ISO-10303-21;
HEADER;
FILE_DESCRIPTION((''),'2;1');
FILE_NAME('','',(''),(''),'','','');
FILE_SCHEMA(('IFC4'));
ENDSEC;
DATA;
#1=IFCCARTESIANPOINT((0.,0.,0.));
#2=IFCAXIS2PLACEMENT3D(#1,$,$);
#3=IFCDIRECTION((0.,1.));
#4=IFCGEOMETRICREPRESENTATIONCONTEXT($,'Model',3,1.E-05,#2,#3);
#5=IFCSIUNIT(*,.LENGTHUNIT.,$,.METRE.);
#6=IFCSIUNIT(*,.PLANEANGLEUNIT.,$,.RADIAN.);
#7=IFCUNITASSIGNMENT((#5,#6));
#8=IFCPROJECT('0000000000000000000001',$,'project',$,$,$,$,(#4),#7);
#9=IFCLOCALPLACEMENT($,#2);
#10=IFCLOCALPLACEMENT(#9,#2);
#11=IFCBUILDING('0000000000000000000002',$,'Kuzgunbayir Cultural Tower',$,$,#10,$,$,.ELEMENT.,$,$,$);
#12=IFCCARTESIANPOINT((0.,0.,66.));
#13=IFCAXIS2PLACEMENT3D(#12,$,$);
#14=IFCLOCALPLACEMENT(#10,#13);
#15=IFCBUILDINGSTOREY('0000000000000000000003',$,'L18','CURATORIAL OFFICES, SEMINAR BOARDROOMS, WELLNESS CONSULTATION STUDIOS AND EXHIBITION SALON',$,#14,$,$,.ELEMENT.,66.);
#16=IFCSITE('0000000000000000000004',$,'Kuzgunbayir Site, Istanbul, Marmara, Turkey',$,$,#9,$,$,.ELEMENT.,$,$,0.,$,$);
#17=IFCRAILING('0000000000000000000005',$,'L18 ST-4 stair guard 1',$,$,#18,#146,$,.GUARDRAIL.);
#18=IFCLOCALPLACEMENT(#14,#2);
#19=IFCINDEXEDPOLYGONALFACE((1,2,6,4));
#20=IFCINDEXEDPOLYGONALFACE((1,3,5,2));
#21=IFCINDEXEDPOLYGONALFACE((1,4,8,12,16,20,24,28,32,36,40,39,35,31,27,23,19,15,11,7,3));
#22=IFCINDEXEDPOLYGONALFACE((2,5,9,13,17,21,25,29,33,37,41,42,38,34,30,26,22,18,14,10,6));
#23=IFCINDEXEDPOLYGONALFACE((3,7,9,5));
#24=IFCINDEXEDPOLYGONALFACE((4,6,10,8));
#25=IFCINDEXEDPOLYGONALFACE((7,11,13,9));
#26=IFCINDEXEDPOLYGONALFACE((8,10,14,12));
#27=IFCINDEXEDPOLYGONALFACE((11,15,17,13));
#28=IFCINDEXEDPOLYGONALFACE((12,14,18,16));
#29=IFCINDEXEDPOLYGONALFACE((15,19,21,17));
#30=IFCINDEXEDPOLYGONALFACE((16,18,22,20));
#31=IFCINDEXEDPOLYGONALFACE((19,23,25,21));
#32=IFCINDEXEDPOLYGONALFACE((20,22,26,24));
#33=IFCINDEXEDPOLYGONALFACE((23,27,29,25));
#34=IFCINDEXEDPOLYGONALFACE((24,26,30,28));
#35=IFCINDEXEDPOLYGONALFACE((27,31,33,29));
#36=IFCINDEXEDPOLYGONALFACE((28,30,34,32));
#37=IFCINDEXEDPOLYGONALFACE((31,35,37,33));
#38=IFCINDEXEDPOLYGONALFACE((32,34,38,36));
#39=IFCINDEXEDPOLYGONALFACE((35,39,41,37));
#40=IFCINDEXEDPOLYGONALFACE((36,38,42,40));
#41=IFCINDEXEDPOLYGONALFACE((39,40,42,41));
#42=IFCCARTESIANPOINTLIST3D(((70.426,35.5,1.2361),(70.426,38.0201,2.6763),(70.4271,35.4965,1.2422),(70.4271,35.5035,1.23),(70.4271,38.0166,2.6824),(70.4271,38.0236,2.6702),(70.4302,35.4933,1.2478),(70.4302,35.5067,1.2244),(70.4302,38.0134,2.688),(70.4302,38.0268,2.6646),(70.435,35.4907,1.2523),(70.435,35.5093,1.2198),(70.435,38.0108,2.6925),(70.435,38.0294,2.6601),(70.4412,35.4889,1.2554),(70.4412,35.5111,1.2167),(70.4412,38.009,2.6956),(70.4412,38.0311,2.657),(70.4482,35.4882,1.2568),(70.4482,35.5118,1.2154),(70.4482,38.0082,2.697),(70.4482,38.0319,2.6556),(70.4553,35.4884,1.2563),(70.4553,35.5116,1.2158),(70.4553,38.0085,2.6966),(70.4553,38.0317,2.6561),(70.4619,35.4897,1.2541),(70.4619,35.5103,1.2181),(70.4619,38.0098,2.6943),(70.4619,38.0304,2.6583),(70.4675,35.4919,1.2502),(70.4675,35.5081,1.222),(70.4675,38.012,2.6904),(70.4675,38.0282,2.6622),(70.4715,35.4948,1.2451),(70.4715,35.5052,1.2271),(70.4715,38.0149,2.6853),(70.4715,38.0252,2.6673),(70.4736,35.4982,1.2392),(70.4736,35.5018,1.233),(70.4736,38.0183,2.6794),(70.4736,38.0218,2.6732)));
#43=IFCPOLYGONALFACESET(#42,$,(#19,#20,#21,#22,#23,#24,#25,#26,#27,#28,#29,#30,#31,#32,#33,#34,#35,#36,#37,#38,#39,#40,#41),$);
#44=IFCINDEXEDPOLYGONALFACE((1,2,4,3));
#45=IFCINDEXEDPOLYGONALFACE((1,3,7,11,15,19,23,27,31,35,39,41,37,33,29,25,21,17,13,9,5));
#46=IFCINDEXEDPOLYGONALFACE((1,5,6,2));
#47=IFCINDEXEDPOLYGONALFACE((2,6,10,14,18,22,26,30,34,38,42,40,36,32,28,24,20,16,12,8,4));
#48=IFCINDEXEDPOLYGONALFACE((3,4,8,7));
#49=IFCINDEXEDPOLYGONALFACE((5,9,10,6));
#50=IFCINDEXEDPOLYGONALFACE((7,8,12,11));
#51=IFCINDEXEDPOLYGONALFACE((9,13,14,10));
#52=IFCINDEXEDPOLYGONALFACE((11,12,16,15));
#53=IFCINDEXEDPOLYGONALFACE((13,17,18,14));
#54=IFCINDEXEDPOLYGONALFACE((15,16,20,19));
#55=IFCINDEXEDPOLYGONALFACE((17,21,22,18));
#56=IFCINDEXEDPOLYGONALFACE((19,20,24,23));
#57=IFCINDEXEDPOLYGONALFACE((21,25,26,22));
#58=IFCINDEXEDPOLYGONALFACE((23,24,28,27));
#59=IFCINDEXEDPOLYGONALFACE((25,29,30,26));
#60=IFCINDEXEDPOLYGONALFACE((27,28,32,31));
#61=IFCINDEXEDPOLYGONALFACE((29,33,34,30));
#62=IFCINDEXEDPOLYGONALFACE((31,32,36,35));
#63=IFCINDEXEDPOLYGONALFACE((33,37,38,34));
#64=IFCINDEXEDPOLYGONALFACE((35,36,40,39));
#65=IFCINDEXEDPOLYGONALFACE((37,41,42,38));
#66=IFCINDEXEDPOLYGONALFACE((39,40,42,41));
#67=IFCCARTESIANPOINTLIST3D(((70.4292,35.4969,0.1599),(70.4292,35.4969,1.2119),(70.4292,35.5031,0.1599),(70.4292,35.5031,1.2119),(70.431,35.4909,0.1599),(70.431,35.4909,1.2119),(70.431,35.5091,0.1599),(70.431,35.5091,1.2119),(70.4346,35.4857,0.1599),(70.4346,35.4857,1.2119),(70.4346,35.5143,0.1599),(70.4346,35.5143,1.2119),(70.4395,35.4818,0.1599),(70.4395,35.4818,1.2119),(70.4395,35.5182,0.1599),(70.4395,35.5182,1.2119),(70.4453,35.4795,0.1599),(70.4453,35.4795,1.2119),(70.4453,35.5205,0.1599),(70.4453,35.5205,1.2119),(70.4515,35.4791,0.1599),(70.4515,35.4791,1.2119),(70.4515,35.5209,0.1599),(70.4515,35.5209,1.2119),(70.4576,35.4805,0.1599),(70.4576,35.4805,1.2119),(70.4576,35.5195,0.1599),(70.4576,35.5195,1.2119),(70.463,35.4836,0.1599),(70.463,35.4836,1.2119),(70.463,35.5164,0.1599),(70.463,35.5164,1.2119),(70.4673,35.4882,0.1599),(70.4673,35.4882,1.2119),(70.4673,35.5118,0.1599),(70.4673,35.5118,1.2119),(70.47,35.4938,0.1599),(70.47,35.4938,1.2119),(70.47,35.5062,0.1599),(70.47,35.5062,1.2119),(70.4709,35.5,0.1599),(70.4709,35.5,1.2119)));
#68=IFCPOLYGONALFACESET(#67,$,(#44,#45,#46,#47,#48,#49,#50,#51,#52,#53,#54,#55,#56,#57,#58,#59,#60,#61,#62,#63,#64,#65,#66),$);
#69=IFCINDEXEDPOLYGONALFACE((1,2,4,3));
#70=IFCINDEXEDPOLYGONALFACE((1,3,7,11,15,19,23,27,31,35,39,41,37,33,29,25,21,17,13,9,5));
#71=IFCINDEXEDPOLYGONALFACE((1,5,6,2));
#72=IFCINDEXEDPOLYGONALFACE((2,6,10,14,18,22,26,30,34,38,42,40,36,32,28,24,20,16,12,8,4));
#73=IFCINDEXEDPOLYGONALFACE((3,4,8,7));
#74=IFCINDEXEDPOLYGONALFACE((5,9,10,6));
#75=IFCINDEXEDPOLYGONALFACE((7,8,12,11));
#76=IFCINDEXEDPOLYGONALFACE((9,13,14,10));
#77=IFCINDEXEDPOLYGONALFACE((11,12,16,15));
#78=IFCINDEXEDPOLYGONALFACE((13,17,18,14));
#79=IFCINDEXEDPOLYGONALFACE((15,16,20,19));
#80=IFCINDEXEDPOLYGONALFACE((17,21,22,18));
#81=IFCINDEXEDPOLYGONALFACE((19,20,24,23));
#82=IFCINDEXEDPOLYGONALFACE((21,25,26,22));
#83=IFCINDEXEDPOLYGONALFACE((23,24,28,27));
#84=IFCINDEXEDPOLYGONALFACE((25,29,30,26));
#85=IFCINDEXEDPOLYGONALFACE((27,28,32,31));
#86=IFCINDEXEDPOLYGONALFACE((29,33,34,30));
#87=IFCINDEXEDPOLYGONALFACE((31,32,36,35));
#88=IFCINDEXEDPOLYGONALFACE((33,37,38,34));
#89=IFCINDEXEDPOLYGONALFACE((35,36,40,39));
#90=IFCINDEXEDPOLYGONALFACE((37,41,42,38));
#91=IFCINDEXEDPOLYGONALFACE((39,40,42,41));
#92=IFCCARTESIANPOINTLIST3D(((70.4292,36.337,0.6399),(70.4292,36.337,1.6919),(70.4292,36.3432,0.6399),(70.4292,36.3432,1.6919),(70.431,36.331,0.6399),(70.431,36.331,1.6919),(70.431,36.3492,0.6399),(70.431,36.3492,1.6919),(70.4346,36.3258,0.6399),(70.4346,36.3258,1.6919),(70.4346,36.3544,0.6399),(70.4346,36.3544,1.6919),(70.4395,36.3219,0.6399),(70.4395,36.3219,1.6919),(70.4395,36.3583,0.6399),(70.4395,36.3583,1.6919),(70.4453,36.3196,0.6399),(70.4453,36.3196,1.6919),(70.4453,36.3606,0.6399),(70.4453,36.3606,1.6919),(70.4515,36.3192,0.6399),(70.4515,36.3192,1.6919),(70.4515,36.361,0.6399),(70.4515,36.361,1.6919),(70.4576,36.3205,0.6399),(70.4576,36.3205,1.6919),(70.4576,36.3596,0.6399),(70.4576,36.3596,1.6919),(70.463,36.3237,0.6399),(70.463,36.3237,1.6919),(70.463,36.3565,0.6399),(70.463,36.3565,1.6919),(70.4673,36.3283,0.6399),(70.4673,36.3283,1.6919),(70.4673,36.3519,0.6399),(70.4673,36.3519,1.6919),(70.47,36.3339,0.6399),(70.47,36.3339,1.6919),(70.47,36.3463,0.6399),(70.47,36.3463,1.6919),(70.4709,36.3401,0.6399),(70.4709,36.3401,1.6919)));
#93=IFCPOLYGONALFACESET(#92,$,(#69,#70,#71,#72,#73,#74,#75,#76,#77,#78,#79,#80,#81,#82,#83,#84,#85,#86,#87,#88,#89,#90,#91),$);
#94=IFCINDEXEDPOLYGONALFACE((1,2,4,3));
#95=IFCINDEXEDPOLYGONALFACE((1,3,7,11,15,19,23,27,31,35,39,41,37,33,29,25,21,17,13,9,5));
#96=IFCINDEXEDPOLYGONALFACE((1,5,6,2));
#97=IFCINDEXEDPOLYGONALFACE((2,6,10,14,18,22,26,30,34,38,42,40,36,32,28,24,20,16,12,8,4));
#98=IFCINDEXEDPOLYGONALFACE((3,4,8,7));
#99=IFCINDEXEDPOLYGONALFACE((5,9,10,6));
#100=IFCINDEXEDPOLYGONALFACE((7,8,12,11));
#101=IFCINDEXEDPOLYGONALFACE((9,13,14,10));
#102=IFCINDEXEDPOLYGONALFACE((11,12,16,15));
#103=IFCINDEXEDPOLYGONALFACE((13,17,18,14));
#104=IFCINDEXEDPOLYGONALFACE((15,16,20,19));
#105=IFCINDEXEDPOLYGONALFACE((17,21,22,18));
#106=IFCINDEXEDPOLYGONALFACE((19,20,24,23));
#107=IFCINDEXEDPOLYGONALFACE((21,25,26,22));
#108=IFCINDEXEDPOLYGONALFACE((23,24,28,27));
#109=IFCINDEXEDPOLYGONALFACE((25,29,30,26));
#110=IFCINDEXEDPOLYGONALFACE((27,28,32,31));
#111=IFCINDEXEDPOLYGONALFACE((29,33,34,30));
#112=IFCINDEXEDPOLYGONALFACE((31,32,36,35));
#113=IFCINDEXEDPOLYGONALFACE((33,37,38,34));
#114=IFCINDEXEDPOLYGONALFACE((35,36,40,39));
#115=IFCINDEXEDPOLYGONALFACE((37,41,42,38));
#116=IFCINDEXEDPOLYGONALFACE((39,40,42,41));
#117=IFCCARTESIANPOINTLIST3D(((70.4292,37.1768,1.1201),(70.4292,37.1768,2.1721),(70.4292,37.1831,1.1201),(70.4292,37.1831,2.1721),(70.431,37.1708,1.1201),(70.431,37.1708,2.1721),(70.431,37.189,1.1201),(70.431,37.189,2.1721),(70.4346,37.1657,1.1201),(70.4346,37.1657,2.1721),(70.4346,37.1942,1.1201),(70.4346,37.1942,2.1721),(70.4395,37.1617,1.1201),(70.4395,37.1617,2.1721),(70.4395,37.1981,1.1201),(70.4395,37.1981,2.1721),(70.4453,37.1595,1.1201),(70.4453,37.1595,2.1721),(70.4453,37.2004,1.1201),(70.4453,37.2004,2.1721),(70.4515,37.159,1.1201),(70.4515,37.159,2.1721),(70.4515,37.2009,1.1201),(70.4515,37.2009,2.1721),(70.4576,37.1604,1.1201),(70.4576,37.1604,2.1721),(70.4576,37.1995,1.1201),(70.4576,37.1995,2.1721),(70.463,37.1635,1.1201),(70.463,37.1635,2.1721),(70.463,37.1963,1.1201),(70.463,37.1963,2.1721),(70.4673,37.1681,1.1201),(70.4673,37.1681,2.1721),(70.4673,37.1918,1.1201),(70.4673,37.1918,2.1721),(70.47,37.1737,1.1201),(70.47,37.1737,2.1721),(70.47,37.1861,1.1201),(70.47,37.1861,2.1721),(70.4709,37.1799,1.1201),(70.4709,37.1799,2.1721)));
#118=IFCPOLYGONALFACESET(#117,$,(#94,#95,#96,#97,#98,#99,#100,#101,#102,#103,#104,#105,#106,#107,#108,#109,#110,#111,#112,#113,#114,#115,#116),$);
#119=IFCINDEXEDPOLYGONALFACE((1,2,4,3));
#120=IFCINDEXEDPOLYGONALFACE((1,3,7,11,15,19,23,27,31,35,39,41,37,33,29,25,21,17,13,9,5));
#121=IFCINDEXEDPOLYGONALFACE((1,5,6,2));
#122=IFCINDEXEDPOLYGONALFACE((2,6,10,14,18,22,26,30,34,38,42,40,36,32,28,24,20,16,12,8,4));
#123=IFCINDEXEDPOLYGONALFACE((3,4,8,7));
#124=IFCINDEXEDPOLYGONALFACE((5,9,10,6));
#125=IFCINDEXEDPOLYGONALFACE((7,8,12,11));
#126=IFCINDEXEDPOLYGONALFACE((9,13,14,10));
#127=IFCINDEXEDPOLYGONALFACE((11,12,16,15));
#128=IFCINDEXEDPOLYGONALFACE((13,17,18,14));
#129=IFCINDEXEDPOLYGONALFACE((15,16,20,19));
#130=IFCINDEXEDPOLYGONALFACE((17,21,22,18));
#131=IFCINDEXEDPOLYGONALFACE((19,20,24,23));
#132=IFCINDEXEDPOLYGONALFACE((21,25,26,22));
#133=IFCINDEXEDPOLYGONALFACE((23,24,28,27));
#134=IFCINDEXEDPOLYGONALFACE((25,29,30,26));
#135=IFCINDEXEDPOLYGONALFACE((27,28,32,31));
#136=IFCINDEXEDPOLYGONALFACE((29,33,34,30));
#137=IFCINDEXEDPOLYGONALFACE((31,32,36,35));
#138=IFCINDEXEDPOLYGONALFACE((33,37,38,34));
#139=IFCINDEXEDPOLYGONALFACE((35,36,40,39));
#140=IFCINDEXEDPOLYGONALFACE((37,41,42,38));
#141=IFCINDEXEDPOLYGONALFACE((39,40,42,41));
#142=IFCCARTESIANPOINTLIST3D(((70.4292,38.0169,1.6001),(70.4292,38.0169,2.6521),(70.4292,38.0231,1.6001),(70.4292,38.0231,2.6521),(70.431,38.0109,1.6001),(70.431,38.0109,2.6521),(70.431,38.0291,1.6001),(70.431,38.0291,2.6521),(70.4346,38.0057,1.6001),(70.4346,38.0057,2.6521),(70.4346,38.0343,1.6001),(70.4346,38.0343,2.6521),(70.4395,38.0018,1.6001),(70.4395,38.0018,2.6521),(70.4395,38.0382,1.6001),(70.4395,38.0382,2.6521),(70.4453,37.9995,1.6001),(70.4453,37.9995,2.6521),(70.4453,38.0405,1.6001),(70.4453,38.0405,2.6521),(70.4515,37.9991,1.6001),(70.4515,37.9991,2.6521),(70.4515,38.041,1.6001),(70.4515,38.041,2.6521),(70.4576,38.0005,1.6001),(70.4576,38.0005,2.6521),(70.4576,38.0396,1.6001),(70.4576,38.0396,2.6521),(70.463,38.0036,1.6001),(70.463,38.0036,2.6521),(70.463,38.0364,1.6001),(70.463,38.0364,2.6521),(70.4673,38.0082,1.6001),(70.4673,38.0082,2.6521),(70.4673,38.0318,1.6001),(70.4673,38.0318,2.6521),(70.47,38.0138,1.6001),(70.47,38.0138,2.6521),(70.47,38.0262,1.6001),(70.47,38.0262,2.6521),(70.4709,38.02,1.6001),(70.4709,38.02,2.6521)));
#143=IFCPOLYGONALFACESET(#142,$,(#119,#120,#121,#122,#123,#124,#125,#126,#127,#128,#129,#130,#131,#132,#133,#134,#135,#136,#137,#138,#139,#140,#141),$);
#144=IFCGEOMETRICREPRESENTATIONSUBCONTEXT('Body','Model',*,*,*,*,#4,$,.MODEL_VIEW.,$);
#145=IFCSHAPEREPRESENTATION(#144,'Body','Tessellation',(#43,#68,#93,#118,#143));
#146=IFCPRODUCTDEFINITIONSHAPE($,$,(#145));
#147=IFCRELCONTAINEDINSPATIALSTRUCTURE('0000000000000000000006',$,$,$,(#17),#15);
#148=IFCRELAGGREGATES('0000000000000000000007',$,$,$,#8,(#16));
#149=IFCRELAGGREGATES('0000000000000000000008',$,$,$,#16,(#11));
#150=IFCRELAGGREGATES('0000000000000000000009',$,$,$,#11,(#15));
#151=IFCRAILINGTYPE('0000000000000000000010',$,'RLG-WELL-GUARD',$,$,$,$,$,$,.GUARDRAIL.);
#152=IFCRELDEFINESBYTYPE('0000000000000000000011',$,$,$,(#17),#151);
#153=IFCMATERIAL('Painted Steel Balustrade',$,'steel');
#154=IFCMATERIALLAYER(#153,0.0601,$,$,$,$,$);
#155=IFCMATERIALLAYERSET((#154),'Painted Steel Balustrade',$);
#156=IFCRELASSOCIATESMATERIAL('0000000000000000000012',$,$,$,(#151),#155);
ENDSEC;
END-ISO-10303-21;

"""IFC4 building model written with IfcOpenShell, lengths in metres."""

from ifc_helpers import new_model, si_unit, direction, frame, origin, origin_2d, place, context, subcontext, project, spatial, circle, extrude, material, layer, layer_set, type_object, element, save


model = new_model("IFC4")

# Units and contexts
model_context = context("Model", 3, precision=1e-05, world=origin(), true_north=direction((0.0, 1.0)))
body_context = subcontext(model_context, "Body", "Model", "MODEL_VIEW")
ifc_project = project(units=[si_unit("LENGTHUNIT", "METRE"), si_unit("PLANEANGLEUNIT", "RADIAN")], contexts=[model_context])

# Site, building, storey
site_placement = place(None, origin())
site = spatial("IfcSite", under=ifc_project, at=site_placement, Name="Kuzgunbayir Site, Istanbul, Marmara, Turkey", CompositionType="ELEMENT", RefElevation=0.0)
building_placement = place(site_placement, origin())
building = spatial("IfcBuilding", under=site, at=building_placement, Name="Kuzgunbayir Cultural Tower", CompositionType="ELEMENT")
storey_placement = place(building_placement, frame((0.0, 0.0, 66.0)))
storey = spatial("IfcBuildingStorey", under=building, at=storey_placement, Name="L18", Description="CURATORIAL OFFICES, SEMINAR BOARDROOMS, WELLNESS CONSULTATION STUDIOS AND EXHIBITION SALON", CompositionType="ELEMENT", Elevation=66.0)

# Railing
ifc_material_1 = material(Name="Painted Steel Balustrade", Category="steel")
ifc_layer_1 = layer(ifc_material_1, 0.0601)
ifc_layer_set_1 = layer_set([ifc_layer_1], Name="Painted Steel Balustrade")
railing_type = type_object("IfcRailingType", Name="RLG-WELL-GUARD", PredefinedType="GUARDRAIL", material=ifc_layer_set_1)
railing_1_placement = place(storey_placement, frame((70.45, 35.5, 0.1599)))
element("IfcRailing", 1, at=railing_1_placement, inside=storey, type_object=railing_type, Name="L18 ST-4 stair guard 1", PredefinedType="GUARDRAIL", context=body_context, shape_type="SweptSolid", body=[
    extrude(circle(Radius=0.0239, at=origin_2d()), frame((0.0, 0.0, 1.0762), z_axis=(0.0, 0.868217, 0.496184), x_axis=(-1.0, 0.0, 0.0)), (0.0, 0.0, 1.0), 2.9026),
    extrude(circle(Radius=0.021, at=origin_2d()), origin(), (0.0, 0.0, 1.0), 1.052),
    extrude(circle(Radius=0.021, at=origin_2d()), frame((0.0, 0.8401, 0.48)), (0.0, 0.0, 1.0), 1.052),
    extrude(circle(Radius=0.021, at=origin_2d()), frame((0.0, 1.6799, 0.9602)), (0.0, 0.0, 1.0), 1.052),
    extrude(circle(Radius=0.021, at=origin_2d()), frame((0.0, 2.52, 1.4402)), (0.0, 0.0, 1.0), 1.052),
])

save(model, "model.ifc")
